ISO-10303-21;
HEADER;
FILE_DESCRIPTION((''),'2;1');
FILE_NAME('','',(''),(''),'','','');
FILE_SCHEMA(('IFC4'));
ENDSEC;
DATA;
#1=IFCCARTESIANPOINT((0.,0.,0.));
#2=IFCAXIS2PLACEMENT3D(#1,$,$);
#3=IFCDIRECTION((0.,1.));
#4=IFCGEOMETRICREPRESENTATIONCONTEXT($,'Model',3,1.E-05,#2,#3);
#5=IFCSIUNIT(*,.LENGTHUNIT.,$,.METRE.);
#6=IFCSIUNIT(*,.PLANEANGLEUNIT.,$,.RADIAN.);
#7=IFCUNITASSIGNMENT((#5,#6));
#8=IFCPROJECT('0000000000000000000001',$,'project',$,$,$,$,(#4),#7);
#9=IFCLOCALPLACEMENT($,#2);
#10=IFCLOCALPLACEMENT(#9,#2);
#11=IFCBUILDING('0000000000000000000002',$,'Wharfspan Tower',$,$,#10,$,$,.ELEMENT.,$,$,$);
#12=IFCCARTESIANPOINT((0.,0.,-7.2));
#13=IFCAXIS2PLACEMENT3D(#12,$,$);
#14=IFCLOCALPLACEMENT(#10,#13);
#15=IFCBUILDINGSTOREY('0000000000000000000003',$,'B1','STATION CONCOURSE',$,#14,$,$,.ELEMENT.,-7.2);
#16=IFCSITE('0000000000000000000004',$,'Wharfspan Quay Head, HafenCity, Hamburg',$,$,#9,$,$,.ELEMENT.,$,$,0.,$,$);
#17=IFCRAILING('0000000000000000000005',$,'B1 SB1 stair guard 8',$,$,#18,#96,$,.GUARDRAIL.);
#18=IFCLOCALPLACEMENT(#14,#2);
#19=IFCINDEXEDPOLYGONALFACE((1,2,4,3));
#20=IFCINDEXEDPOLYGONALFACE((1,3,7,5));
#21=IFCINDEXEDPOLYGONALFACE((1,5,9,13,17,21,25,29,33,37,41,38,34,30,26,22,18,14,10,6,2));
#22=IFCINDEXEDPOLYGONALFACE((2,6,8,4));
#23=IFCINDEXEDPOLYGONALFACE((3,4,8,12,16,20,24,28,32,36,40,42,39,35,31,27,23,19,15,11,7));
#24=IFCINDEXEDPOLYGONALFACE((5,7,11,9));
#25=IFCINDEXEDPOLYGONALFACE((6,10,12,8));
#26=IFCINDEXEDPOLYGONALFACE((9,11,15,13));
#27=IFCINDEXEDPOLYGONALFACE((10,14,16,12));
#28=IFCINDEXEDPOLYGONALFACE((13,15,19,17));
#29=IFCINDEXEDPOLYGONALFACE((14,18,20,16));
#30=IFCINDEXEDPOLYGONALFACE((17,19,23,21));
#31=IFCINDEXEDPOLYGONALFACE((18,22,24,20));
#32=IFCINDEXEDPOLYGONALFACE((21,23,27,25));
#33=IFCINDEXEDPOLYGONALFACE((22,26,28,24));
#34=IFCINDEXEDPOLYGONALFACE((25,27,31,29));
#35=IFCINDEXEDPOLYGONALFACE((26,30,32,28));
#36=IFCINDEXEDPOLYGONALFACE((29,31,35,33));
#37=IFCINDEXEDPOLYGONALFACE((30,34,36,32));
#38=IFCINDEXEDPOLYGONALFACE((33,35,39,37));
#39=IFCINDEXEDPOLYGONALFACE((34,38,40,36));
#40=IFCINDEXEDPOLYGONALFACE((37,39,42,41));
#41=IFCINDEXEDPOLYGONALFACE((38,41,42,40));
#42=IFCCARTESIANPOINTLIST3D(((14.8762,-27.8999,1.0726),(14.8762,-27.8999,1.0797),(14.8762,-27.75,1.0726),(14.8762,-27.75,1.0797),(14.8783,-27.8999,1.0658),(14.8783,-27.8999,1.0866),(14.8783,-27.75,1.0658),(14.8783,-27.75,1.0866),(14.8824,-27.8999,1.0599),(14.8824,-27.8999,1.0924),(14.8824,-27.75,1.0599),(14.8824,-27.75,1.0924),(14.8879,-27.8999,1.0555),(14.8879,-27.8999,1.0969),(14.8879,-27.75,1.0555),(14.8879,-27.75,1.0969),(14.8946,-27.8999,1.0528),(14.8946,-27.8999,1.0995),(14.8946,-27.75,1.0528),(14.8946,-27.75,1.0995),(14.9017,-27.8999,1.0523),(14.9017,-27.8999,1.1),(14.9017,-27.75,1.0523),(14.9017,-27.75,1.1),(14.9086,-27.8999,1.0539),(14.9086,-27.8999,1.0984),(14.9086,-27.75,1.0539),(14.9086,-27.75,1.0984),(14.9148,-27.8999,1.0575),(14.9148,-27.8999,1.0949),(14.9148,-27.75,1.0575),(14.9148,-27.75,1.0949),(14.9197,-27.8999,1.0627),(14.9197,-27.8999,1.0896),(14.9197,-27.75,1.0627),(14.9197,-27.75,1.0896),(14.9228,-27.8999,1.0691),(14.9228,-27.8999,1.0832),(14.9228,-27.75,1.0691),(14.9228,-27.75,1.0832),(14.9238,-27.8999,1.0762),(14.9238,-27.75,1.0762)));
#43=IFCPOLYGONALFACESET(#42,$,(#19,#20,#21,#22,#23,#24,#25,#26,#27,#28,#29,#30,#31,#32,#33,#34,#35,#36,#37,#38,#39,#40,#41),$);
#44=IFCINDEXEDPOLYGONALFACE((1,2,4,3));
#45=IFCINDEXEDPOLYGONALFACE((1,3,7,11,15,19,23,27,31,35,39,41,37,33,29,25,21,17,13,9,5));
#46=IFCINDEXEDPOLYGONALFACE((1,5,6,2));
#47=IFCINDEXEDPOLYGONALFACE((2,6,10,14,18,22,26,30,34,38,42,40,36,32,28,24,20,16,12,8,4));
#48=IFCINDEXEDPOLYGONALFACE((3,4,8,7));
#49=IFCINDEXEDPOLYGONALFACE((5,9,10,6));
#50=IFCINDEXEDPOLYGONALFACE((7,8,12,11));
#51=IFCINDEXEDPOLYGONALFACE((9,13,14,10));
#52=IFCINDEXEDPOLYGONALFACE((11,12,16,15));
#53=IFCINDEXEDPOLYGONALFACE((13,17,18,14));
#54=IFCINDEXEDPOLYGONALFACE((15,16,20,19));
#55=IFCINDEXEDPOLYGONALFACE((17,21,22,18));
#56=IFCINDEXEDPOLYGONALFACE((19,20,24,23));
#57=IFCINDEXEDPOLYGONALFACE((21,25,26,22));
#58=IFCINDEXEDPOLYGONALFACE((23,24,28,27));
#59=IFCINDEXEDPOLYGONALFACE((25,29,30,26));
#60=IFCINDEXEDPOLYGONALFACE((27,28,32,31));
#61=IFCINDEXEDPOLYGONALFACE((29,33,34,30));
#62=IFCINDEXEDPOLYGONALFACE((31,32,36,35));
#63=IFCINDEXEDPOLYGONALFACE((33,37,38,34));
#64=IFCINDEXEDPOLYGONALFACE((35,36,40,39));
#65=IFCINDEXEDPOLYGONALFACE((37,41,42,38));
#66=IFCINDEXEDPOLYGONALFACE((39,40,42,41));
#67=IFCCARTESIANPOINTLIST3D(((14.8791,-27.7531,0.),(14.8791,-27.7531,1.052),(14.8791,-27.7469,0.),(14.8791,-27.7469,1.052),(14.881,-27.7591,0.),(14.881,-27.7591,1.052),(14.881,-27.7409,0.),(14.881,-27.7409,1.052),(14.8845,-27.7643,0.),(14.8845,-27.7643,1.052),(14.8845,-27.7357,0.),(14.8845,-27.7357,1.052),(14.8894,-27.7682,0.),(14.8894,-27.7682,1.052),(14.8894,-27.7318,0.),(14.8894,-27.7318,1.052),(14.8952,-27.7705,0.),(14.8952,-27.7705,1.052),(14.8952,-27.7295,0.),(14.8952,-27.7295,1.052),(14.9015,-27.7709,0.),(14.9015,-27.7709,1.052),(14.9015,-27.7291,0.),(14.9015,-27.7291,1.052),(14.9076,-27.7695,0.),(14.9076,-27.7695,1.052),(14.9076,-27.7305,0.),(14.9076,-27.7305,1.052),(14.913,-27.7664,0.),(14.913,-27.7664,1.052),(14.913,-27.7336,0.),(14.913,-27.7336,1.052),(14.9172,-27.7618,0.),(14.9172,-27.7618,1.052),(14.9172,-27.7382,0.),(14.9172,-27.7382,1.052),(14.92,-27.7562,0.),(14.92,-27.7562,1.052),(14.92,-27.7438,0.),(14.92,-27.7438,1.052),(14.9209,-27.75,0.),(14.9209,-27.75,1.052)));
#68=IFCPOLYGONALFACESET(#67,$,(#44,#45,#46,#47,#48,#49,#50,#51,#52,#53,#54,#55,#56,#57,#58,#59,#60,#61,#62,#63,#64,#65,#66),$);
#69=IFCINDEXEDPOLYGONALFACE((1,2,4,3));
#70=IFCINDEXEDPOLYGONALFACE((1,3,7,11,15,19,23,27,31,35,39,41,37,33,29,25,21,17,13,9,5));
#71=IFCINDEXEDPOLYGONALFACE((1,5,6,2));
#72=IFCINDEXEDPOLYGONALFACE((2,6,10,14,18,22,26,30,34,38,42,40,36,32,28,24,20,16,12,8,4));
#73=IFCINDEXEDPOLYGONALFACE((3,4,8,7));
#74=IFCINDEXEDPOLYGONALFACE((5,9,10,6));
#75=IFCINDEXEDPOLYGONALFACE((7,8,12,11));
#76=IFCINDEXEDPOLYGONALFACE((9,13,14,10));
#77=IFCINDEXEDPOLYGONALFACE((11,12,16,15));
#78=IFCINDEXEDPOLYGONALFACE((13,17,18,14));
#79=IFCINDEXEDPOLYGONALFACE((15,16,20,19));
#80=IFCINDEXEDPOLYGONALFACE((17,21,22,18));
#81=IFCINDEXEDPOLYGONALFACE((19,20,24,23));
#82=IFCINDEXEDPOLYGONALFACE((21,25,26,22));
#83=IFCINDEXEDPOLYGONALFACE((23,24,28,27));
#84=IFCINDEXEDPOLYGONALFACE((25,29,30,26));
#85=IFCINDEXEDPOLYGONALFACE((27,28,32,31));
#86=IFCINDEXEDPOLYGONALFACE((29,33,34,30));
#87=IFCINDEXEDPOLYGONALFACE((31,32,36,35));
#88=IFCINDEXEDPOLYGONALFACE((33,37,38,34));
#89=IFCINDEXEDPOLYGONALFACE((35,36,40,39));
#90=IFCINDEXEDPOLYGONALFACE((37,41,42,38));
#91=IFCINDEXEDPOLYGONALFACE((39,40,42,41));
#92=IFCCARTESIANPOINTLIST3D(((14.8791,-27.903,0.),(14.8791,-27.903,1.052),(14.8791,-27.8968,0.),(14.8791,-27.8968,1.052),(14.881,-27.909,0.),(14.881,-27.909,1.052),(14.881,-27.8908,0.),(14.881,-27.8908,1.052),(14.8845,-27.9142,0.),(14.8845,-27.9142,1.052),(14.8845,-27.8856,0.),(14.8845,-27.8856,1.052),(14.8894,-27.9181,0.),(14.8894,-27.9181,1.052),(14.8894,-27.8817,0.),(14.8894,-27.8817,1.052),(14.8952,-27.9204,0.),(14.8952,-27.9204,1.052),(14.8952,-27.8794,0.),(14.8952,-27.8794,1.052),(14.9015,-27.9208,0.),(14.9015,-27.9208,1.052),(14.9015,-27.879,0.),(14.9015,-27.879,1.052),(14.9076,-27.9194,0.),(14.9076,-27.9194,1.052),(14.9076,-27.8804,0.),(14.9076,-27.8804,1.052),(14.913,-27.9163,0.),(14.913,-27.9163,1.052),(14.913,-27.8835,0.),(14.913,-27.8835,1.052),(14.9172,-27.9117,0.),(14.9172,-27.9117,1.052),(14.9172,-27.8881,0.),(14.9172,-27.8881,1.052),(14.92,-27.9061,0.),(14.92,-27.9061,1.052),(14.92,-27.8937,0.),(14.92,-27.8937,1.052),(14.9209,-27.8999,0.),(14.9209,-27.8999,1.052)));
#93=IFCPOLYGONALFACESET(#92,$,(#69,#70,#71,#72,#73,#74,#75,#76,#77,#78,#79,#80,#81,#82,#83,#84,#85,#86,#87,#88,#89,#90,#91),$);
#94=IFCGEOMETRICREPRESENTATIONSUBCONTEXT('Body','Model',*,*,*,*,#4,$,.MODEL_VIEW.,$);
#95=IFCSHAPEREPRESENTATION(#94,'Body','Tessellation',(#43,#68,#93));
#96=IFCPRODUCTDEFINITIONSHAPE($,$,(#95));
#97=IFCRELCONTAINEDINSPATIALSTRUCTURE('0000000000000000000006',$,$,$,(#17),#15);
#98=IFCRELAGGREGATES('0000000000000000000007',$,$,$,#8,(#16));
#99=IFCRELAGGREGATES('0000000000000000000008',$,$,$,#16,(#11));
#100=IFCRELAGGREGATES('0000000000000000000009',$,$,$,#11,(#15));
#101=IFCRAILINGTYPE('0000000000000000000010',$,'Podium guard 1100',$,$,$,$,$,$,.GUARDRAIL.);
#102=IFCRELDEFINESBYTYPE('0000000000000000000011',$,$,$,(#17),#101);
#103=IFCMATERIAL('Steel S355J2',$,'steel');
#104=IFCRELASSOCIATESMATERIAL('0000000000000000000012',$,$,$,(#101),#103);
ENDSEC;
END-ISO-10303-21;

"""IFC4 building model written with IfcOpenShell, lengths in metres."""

from ifc_helpers import new_model, si_unit, direction, frame, origin, origin_2d, place, context, subcontext, project, spatial, circle, extrude, material, type_object, element, save


model = new_model("IFC4")

# Units and contexts
model_context = context("Model", 3, precision=1e-05, world=origin(), true_north=direction((0.0, 1.0)))
body_context = subcontext(model_context, "Body", "Model", "MODEL_VIEW")
ifc_project = project(units=[si_unit("LENGTHUNIT", "METRE"), si_unit("PLANEANGLEUNIT", "RADIAN")], contexts=[model_context])

# Site, building, storey
site_placement = place(None, origin())
site = spatial("IfcSite", under=ifc_project, at=site_placement, Name="Wharfspan Quay Head, HafenCity, Hamburg", CompositionType="ELEMENT", RefElevation=0.0)
building_placement = place(site_placement, origin())
building = spatial("IfcBuilding", under=site, at=building_placement, Name="Wharfspan Tower", CompositionType="ELEMENT")
storey_placement = place(building_placement, frame((0.0, 0.0, -7.2)))
storey = spatial("IfcBuildingStorey", under=building, at=storey_placement, Name="B1", Description="STATION CONCOURSE", CompositionType="ELEMENT", Elevation=-7.2)

# Railing
ifc_material_1 = material(Name="Steel S355J2", Category="steel")
railing_type_1 = type_object("IfcRailingType", Name="Podium guard 1100", PredefinedType="GUARDRAIL", material=ifc_material_1)
railing_1_placement = place(storey_placement, frame((14.8999, -27.75, 0.0)))
element("IfcRailing", 1, at=railing_1_placement, inside=storey, type_object=railing_type_1, Name="B1 SB1 stair guard 8", PredefinedType="GUARDRAIL", context=body_context, shape_type="SweptSolid", body=[
    extrude(circle(Radius=0.0239, at=origin_2d()), frame((0.0, 0.0, 1.0762), z_axis=(0.0, -1.0, 0.0), x_axis=(1.0, 0.0, 0.0)), (0.0, 0.0, 1.0), 0.1499),
    extrude(circle(Radius=0.021, at=origin_2d()), origin(), (0.0, 0.0, 1.0), 1.052),
    extrude(circle(Radius=0.021, at=origin_2d()), frame((0.0, -0.1499, 0.0)), (0.0, 0.0, 1.0), 1.052),
])

save(model, "model.ifc")
